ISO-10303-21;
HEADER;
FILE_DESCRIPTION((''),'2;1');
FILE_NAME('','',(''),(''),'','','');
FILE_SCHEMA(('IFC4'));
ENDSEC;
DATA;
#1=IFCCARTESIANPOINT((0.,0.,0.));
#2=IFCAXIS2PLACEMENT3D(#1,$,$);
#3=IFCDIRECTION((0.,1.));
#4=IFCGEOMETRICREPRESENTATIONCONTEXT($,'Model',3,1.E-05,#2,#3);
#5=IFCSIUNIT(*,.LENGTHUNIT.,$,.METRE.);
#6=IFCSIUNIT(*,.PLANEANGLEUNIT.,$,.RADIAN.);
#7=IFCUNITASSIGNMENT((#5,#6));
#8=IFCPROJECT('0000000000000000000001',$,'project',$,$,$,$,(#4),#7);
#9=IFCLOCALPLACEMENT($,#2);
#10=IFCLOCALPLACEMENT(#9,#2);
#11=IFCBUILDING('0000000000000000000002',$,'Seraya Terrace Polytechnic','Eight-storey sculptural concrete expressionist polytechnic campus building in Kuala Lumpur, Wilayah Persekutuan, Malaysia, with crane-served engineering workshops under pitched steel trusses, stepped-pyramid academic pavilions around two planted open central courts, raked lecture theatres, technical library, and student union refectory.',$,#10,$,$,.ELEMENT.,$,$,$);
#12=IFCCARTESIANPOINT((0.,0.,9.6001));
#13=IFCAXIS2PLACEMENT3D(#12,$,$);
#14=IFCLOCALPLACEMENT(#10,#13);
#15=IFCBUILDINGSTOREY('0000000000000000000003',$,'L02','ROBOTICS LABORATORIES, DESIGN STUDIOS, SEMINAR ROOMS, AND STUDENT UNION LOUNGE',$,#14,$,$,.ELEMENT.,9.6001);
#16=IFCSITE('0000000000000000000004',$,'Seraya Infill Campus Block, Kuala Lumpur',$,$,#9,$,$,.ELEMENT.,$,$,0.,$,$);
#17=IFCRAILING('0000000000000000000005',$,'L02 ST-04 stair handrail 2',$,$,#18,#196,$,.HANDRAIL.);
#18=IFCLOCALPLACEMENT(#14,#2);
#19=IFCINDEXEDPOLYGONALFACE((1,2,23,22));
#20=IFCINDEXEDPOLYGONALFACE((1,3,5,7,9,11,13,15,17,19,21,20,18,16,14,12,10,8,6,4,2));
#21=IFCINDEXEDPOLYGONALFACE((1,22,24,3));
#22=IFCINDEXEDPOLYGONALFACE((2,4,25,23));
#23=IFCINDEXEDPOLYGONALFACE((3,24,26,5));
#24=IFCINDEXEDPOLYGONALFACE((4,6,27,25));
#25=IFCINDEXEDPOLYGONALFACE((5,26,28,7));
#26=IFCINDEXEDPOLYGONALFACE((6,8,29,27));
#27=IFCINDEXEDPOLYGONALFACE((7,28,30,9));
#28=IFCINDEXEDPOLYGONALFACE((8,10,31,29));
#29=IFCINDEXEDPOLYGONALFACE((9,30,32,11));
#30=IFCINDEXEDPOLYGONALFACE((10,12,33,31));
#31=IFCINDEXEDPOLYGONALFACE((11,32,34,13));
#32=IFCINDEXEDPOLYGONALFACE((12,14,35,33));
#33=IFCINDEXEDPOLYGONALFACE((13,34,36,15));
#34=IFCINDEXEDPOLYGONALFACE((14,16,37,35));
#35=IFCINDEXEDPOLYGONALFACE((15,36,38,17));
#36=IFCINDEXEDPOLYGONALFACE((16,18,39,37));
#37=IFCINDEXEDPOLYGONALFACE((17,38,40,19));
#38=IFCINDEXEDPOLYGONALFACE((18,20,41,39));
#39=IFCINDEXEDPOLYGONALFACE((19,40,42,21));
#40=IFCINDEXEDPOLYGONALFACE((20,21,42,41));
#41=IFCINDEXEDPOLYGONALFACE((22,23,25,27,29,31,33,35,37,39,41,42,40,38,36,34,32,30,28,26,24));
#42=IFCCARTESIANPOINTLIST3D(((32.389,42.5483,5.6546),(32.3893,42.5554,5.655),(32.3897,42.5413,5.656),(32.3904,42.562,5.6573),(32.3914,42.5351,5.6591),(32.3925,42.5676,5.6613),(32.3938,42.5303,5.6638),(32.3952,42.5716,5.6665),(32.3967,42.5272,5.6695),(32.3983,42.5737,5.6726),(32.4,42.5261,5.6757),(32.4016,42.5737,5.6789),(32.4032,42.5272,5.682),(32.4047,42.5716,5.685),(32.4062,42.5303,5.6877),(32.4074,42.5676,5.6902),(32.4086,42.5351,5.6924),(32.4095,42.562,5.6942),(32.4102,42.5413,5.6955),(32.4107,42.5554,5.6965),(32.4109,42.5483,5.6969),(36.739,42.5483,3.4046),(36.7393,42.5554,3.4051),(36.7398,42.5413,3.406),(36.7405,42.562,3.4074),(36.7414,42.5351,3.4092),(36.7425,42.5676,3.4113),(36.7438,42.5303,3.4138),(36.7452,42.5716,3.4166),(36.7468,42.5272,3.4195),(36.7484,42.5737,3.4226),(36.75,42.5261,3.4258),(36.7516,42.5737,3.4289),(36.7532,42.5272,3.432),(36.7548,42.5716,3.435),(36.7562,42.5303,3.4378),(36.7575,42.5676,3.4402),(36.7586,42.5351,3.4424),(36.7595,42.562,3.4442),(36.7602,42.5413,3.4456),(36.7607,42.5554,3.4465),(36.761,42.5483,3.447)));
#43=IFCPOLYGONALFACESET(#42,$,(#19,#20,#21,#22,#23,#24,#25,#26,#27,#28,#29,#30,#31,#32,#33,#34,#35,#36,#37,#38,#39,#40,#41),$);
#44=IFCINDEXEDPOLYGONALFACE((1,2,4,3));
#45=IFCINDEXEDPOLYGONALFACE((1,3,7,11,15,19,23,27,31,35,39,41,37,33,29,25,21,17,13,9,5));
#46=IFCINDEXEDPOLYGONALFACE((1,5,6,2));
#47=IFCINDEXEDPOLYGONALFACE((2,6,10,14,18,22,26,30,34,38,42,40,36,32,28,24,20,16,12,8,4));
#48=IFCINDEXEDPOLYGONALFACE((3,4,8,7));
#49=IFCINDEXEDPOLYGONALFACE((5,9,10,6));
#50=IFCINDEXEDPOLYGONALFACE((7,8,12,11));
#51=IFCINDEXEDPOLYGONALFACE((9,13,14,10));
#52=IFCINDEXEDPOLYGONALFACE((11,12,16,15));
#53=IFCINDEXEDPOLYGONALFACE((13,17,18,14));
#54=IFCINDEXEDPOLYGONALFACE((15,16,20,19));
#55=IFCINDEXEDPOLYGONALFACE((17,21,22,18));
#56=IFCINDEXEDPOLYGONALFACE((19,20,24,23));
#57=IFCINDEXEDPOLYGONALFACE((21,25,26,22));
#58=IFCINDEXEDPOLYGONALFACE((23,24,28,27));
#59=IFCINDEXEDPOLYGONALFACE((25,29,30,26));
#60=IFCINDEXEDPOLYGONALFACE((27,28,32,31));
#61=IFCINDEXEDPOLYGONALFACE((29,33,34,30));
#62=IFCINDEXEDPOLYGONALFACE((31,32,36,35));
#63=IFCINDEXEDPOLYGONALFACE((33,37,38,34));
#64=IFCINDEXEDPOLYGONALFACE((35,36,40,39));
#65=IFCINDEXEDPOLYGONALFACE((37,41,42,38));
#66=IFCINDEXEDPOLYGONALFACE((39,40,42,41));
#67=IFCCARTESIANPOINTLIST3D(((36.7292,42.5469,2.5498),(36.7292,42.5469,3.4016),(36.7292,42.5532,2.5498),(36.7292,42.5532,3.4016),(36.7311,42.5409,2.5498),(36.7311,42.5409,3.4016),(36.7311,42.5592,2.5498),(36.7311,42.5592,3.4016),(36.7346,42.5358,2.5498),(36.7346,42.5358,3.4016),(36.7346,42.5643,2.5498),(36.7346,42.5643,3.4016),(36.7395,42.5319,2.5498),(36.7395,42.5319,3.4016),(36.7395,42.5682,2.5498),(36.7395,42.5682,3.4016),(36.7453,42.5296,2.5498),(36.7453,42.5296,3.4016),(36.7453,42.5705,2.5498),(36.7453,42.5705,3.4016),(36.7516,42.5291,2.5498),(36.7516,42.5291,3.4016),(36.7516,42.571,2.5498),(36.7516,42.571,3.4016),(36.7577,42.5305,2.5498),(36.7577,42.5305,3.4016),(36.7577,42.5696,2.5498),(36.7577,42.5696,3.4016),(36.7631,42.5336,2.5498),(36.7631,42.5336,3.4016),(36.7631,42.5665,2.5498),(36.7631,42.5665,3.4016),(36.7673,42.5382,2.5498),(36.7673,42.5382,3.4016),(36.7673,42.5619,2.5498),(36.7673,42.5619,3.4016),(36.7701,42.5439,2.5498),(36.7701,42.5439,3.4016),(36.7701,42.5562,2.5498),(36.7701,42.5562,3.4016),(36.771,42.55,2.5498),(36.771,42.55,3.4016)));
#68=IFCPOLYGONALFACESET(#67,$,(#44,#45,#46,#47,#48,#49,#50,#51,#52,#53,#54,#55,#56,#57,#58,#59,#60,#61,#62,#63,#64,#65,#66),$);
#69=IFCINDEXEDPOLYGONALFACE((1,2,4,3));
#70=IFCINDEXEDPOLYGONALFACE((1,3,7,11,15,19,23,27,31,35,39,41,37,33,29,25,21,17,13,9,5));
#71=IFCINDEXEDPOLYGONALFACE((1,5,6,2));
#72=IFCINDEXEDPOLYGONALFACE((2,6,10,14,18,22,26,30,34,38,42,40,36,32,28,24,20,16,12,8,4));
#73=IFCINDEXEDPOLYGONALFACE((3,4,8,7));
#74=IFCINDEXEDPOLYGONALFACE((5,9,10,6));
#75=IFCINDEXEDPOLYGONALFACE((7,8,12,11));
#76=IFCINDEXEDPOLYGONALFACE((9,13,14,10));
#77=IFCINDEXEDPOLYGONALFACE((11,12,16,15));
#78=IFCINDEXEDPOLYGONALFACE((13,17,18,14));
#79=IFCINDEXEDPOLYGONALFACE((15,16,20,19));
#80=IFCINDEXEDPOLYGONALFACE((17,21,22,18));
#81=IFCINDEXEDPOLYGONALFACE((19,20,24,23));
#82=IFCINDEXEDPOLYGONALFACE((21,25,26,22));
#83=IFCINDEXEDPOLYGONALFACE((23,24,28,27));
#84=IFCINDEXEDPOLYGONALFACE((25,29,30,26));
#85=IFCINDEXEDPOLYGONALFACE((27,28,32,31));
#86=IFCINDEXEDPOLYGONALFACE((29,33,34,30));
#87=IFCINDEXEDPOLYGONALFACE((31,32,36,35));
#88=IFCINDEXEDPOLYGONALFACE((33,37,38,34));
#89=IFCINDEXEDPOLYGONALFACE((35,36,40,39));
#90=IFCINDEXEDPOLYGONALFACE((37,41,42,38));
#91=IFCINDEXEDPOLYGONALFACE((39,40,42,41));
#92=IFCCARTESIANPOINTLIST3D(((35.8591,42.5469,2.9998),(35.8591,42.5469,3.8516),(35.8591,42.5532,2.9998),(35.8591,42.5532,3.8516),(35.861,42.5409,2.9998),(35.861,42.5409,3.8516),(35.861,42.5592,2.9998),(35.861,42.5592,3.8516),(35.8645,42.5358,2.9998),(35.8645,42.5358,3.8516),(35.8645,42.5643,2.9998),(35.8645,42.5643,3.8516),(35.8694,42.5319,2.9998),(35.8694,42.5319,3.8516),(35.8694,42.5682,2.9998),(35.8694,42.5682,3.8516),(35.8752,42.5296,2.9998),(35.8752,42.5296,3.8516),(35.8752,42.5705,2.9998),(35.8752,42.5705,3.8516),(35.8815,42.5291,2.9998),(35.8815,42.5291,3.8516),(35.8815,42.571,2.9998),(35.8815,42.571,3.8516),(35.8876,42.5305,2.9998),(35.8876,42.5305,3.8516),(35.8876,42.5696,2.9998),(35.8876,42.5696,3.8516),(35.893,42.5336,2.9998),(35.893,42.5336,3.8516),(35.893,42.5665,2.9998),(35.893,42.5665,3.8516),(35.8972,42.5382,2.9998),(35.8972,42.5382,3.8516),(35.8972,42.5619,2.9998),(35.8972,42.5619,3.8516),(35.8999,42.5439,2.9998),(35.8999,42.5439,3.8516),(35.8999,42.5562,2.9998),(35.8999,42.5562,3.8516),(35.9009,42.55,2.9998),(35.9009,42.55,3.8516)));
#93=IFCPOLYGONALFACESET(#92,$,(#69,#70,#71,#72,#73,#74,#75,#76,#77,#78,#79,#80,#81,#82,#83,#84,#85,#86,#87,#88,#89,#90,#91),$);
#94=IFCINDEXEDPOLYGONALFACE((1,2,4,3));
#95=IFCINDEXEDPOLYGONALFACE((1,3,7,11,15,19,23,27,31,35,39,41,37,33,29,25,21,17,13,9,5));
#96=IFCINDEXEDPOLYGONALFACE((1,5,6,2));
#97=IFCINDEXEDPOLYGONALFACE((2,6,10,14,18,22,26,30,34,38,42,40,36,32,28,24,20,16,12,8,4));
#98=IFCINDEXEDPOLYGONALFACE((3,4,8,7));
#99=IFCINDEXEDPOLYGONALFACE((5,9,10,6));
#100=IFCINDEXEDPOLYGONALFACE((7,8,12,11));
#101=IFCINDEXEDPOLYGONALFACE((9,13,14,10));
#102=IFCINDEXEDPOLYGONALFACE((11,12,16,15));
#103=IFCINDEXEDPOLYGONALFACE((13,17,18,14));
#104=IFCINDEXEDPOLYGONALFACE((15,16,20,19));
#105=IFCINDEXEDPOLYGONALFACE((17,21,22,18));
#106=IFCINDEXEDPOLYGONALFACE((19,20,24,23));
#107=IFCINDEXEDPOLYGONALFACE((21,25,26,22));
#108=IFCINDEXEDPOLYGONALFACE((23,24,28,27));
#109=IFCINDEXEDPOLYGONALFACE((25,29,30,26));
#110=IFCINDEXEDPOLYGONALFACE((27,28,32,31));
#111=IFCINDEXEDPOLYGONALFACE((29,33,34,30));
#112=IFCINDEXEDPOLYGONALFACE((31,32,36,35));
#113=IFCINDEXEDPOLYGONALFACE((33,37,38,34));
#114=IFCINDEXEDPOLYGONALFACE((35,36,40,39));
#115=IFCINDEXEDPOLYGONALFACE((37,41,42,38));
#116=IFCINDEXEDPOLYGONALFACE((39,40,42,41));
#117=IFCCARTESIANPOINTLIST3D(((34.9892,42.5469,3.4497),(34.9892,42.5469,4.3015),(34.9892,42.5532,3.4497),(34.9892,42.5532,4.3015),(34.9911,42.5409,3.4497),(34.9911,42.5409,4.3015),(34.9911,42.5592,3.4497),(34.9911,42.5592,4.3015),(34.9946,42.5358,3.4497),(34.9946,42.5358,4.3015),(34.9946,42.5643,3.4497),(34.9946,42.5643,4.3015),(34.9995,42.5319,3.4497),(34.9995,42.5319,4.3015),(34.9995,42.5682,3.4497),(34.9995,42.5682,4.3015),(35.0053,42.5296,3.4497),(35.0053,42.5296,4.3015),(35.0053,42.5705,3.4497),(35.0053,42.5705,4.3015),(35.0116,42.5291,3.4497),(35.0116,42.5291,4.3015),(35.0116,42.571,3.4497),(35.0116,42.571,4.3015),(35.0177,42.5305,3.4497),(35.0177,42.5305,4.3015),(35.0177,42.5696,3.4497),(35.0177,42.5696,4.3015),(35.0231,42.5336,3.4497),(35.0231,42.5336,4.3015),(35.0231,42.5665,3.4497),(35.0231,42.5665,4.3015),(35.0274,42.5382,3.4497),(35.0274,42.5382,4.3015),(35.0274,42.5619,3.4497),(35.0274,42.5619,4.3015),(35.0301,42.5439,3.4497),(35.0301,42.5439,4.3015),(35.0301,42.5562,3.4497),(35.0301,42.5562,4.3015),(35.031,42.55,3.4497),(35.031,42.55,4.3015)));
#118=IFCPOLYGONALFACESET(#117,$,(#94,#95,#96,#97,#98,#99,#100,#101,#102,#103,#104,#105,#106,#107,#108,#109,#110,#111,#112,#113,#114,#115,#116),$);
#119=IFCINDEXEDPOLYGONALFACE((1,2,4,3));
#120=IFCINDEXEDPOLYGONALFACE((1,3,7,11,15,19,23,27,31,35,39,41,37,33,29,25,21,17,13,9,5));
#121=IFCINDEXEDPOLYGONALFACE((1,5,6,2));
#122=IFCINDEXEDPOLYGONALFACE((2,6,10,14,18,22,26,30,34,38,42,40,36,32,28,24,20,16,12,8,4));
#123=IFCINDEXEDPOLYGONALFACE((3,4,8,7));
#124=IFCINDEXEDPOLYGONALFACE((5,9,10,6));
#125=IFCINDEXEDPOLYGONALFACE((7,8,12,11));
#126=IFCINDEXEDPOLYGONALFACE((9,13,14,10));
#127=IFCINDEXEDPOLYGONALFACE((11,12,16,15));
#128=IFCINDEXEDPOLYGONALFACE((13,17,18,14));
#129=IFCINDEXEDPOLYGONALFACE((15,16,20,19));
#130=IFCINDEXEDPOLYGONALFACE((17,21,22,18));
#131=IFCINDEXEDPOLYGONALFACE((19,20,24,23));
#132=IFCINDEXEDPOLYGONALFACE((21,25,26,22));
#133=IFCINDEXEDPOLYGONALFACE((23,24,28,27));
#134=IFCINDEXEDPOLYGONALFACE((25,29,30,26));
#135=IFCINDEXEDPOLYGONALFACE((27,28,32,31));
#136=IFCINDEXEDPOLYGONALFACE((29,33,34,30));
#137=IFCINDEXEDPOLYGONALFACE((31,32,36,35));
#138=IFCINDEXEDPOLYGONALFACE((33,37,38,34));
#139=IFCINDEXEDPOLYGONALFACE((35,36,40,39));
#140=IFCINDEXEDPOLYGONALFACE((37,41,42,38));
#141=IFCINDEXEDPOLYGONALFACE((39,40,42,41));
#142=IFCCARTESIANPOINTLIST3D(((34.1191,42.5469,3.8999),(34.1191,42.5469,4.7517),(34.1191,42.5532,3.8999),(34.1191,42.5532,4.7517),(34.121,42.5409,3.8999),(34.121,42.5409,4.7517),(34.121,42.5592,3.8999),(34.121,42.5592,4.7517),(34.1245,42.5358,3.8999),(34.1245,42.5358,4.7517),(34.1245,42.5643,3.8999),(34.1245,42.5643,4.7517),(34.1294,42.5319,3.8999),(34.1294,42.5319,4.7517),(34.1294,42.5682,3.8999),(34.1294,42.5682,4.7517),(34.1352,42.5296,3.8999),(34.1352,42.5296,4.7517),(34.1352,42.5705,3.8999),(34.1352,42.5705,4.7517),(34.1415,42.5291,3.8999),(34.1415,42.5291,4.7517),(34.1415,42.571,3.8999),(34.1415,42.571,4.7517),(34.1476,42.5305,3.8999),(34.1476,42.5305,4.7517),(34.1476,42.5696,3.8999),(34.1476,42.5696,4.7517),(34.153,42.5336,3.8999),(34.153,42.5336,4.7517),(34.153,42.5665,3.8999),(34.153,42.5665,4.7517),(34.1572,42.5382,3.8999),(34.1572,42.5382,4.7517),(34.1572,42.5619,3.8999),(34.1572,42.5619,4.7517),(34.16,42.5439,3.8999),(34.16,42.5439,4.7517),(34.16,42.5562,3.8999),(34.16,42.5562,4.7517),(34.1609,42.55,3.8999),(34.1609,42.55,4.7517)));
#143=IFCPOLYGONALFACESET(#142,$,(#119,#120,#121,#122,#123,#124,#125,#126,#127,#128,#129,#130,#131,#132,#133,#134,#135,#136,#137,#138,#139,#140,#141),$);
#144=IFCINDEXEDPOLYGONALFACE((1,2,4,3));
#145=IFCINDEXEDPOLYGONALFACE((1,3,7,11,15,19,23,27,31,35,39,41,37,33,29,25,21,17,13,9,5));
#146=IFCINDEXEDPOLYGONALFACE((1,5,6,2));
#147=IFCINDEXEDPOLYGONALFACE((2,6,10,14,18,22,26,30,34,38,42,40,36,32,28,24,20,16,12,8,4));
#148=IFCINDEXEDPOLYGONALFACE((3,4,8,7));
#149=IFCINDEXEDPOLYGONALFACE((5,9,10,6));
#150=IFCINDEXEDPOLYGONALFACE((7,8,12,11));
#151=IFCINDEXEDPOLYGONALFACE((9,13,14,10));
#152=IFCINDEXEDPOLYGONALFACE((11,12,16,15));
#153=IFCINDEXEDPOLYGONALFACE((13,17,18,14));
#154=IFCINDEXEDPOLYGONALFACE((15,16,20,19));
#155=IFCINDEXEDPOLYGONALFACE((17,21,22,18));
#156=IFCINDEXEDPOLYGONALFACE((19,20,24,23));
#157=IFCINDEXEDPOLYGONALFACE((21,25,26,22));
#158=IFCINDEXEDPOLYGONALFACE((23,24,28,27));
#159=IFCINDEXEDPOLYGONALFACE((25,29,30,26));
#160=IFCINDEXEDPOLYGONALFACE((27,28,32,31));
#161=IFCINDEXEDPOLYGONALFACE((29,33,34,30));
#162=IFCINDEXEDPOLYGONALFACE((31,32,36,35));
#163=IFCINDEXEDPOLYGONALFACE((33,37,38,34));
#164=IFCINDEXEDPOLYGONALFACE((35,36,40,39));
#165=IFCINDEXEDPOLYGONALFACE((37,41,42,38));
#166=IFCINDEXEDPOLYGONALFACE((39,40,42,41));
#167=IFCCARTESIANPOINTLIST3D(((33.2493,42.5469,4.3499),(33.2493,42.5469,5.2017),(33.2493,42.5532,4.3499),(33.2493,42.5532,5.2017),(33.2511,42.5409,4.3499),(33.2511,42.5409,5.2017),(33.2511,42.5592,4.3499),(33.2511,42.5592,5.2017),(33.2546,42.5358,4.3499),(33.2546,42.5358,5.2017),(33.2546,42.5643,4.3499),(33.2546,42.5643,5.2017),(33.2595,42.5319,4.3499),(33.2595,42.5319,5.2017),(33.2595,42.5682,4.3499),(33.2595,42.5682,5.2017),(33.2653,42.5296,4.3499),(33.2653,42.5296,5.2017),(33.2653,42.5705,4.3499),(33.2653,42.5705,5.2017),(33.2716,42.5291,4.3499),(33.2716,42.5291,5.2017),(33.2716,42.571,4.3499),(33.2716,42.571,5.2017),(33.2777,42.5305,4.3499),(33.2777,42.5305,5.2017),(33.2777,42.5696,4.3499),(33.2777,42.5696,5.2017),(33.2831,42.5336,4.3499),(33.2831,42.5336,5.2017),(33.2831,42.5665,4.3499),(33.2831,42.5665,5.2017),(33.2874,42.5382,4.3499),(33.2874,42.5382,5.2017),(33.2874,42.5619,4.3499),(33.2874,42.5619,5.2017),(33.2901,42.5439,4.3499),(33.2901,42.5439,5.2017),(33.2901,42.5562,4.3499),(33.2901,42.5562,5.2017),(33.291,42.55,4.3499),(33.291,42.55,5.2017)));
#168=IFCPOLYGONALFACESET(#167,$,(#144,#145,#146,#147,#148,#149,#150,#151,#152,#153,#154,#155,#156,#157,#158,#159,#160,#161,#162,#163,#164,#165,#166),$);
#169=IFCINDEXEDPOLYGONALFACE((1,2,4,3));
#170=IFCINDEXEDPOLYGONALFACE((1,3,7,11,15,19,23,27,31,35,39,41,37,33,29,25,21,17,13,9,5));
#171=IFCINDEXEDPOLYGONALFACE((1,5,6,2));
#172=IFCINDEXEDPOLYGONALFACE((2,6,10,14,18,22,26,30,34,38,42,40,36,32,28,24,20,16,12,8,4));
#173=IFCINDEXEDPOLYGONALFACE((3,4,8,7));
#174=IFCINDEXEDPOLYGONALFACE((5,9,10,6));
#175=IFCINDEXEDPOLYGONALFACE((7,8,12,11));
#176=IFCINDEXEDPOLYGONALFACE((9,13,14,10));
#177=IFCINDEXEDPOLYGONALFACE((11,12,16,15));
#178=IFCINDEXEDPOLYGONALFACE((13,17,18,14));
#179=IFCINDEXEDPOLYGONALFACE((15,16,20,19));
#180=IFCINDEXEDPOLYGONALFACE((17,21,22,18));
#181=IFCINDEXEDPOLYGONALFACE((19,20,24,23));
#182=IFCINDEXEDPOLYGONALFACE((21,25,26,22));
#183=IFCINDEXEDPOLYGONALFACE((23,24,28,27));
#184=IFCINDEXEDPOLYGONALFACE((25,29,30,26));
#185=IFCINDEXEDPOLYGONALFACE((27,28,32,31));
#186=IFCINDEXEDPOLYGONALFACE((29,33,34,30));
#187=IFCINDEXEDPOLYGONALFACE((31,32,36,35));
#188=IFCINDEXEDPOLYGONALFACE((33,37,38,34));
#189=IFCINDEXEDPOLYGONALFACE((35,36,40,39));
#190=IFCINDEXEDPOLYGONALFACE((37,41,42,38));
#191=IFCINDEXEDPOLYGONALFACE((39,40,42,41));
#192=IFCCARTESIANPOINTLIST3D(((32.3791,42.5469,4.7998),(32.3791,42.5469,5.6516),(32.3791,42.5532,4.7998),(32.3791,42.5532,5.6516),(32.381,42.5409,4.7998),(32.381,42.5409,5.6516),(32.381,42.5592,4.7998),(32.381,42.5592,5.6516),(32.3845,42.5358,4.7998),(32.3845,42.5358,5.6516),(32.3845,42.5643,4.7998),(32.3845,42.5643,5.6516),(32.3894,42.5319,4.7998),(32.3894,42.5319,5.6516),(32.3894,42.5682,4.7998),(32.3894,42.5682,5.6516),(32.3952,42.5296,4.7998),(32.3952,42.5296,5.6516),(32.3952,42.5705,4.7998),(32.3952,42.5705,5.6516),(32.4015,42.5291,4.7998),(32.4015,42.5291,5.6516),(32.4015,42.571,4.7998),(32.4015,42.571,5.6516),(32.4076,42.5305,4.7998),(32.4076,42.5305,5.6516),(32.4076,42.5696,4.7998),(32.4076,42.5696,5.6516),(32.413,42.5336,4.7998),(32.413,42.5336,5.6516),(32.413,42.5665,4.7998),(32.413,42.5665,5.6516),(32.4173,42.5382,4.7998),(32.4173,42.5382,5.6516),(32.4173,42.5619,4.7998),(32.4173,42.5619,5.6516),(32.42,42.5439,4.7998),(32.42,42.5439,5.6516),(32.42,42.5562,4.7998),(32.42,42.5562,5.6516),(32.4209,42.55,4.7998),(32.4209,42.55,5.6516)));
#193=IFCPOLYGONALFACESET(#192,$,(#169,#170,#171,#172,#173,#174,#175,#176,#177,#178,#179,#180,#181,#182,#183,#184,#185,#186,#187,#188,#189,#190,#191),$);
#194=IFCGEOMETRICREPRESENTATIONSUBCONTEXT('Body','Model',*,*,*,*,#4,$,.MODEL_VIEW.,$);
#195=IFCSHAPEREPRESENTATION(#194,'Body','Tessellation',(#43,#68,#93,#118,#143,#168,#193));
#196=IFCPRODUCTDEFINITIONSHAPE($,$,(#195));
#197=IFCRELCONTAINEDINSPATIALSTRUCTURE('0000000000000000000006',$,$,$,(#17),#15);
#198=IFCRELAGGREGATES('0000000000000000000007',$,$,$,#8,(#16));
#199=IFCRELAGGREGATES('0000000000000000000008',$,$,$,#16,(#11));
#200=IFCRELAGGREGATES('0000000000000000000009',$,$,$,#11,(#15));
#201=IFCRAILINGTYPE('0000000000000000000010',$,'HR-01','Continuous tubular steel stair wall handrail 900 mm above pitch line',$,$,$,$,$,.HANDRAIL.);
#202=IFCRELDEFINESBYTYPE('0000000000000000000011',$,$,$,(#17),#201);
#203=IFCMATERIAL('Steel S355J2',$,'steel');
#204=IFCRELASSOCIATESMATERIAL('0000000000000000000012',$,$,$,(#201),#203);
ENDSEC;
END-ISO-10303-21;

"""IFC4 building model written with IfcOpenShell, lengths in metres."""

from ifc_helpers import new_model, si_unit, direction, frame, origin, origin_2d, place, context, subcontext, project, spatial, circle, extrude, material, type_object, element, save


model = new_model("IFC4")

# Units and contexts
model_context = context("Model", 3, precision=1e-05, world=origin(), true_north=direction((0.0, 1.0)))
body_context = subcontext(model_context, "Body", "Model", "MODEL_VIEW")
ifc_project = project(units=[si_unit("LENGTHUNIT", "METRE"), si_unit("PLANEANGLEUNIT", "RADIAN")], contexts=[model_context])

# Site, building, storey
site_placement = place(None, origin())
site = spatial("IfcSite", under=ifc_project, at=site_placement, Name="Seraya Infill Campus Block, Kuala Lumpur", CompositionType="ELEMENT", RefElevation=0.0)
building_placement = place(site_placement, origin())
building = spatial("IfcBuilding", under=site, at=building_placement, Name="Seraya Terrace Polytechnic", Description="Eight-storey sculptural concrete expressionist polytechnic campus building in Kuala Lumpur, Wilayah Persekutuan, Malaysia, with crane-served engineering workshops under pitched steel trusses, stepped-pyramid academic pavilions around two planted open central courts, raked lecture theatres, technical library, and student union refectory.", CompositionType="ELEMENT")
storey_placement = place(building_placement, frame((0.0, 0.0, 9.6001)))
storey = spatial("IfcBuildingStorey", under=building, at=storey_placement, Name="L02", Description="ROBOTICS LABORATORIES, DESIGN STUDIOS, SEMINAR ROOMS, AND STUDENT UNION LOUNGE", CompositionType="ELEMENT", Elevation=9.6001)

# Railing
ifc_material_1 = material(Name="Steel S355J2", Category="steel")
railing_type = type_object("IfcRailingType", Name="HR-01", Description="Continuous tubular steel stair wall handrail 900 mm above pitch line", PredefinedType="HANDRAIL", material=ifc_material_1)
railing_placement = place(storey_placement, frame((36.75, 42.55, 2.5498)))
element("IfcRailing", 1, at=railing_placement, inside=storey, type_object=railing_type, Name="L02 ST-04 stair handrail 2", PredefinedType="HANDRAIL", context=body_context, shape_type="SweptSolid", body=[
    extrude(circle(Radius=0.0239, at=origin_2d()), frame((0.0, 0.0, 0.876), z_axis=(-0.888222, 0.0, 0.459415), x_axis=(0.0, -1.0, 0.0)), (0.0, 0.0, 1.0), 4.8975),
    extrude(circle(Radius=0.021, at=origin_2d()), origin(), (0.0, 0.0, 1.0), 0.8518),
    extrude(circle(Radius=0.021, at=origin_2d()), frame((-0.8701, 0.0, 0.45)), (0.0, 0.0, 1.0), 0.8518),
    extrude(circle(Radius=0.021, at=origin_2d()), frame((-1.74, 0.0, 0.8999)), (0.0, 0.0, 1.0), 0.8518),
    extrude(circle(Radius=0.021, at=origin_2d()), frame((-2.6101, 0.0, 1.3501)), (0.0, 0.0, 1.0), 0.8518),
    extrude(circle(Radius=0.021, at=origin_2d()), frame((-3.48, 0.0, 1.8)), (0.0, 0.0, 1.0), 0.8518),
    extrude(circle(Radius=0.021, at=origin_2d()), frame((-4.3501, 0.0, 2.25)), (0.0, 0.0, 1.0), 0.8518),
])

save(model, "model.ifc")
